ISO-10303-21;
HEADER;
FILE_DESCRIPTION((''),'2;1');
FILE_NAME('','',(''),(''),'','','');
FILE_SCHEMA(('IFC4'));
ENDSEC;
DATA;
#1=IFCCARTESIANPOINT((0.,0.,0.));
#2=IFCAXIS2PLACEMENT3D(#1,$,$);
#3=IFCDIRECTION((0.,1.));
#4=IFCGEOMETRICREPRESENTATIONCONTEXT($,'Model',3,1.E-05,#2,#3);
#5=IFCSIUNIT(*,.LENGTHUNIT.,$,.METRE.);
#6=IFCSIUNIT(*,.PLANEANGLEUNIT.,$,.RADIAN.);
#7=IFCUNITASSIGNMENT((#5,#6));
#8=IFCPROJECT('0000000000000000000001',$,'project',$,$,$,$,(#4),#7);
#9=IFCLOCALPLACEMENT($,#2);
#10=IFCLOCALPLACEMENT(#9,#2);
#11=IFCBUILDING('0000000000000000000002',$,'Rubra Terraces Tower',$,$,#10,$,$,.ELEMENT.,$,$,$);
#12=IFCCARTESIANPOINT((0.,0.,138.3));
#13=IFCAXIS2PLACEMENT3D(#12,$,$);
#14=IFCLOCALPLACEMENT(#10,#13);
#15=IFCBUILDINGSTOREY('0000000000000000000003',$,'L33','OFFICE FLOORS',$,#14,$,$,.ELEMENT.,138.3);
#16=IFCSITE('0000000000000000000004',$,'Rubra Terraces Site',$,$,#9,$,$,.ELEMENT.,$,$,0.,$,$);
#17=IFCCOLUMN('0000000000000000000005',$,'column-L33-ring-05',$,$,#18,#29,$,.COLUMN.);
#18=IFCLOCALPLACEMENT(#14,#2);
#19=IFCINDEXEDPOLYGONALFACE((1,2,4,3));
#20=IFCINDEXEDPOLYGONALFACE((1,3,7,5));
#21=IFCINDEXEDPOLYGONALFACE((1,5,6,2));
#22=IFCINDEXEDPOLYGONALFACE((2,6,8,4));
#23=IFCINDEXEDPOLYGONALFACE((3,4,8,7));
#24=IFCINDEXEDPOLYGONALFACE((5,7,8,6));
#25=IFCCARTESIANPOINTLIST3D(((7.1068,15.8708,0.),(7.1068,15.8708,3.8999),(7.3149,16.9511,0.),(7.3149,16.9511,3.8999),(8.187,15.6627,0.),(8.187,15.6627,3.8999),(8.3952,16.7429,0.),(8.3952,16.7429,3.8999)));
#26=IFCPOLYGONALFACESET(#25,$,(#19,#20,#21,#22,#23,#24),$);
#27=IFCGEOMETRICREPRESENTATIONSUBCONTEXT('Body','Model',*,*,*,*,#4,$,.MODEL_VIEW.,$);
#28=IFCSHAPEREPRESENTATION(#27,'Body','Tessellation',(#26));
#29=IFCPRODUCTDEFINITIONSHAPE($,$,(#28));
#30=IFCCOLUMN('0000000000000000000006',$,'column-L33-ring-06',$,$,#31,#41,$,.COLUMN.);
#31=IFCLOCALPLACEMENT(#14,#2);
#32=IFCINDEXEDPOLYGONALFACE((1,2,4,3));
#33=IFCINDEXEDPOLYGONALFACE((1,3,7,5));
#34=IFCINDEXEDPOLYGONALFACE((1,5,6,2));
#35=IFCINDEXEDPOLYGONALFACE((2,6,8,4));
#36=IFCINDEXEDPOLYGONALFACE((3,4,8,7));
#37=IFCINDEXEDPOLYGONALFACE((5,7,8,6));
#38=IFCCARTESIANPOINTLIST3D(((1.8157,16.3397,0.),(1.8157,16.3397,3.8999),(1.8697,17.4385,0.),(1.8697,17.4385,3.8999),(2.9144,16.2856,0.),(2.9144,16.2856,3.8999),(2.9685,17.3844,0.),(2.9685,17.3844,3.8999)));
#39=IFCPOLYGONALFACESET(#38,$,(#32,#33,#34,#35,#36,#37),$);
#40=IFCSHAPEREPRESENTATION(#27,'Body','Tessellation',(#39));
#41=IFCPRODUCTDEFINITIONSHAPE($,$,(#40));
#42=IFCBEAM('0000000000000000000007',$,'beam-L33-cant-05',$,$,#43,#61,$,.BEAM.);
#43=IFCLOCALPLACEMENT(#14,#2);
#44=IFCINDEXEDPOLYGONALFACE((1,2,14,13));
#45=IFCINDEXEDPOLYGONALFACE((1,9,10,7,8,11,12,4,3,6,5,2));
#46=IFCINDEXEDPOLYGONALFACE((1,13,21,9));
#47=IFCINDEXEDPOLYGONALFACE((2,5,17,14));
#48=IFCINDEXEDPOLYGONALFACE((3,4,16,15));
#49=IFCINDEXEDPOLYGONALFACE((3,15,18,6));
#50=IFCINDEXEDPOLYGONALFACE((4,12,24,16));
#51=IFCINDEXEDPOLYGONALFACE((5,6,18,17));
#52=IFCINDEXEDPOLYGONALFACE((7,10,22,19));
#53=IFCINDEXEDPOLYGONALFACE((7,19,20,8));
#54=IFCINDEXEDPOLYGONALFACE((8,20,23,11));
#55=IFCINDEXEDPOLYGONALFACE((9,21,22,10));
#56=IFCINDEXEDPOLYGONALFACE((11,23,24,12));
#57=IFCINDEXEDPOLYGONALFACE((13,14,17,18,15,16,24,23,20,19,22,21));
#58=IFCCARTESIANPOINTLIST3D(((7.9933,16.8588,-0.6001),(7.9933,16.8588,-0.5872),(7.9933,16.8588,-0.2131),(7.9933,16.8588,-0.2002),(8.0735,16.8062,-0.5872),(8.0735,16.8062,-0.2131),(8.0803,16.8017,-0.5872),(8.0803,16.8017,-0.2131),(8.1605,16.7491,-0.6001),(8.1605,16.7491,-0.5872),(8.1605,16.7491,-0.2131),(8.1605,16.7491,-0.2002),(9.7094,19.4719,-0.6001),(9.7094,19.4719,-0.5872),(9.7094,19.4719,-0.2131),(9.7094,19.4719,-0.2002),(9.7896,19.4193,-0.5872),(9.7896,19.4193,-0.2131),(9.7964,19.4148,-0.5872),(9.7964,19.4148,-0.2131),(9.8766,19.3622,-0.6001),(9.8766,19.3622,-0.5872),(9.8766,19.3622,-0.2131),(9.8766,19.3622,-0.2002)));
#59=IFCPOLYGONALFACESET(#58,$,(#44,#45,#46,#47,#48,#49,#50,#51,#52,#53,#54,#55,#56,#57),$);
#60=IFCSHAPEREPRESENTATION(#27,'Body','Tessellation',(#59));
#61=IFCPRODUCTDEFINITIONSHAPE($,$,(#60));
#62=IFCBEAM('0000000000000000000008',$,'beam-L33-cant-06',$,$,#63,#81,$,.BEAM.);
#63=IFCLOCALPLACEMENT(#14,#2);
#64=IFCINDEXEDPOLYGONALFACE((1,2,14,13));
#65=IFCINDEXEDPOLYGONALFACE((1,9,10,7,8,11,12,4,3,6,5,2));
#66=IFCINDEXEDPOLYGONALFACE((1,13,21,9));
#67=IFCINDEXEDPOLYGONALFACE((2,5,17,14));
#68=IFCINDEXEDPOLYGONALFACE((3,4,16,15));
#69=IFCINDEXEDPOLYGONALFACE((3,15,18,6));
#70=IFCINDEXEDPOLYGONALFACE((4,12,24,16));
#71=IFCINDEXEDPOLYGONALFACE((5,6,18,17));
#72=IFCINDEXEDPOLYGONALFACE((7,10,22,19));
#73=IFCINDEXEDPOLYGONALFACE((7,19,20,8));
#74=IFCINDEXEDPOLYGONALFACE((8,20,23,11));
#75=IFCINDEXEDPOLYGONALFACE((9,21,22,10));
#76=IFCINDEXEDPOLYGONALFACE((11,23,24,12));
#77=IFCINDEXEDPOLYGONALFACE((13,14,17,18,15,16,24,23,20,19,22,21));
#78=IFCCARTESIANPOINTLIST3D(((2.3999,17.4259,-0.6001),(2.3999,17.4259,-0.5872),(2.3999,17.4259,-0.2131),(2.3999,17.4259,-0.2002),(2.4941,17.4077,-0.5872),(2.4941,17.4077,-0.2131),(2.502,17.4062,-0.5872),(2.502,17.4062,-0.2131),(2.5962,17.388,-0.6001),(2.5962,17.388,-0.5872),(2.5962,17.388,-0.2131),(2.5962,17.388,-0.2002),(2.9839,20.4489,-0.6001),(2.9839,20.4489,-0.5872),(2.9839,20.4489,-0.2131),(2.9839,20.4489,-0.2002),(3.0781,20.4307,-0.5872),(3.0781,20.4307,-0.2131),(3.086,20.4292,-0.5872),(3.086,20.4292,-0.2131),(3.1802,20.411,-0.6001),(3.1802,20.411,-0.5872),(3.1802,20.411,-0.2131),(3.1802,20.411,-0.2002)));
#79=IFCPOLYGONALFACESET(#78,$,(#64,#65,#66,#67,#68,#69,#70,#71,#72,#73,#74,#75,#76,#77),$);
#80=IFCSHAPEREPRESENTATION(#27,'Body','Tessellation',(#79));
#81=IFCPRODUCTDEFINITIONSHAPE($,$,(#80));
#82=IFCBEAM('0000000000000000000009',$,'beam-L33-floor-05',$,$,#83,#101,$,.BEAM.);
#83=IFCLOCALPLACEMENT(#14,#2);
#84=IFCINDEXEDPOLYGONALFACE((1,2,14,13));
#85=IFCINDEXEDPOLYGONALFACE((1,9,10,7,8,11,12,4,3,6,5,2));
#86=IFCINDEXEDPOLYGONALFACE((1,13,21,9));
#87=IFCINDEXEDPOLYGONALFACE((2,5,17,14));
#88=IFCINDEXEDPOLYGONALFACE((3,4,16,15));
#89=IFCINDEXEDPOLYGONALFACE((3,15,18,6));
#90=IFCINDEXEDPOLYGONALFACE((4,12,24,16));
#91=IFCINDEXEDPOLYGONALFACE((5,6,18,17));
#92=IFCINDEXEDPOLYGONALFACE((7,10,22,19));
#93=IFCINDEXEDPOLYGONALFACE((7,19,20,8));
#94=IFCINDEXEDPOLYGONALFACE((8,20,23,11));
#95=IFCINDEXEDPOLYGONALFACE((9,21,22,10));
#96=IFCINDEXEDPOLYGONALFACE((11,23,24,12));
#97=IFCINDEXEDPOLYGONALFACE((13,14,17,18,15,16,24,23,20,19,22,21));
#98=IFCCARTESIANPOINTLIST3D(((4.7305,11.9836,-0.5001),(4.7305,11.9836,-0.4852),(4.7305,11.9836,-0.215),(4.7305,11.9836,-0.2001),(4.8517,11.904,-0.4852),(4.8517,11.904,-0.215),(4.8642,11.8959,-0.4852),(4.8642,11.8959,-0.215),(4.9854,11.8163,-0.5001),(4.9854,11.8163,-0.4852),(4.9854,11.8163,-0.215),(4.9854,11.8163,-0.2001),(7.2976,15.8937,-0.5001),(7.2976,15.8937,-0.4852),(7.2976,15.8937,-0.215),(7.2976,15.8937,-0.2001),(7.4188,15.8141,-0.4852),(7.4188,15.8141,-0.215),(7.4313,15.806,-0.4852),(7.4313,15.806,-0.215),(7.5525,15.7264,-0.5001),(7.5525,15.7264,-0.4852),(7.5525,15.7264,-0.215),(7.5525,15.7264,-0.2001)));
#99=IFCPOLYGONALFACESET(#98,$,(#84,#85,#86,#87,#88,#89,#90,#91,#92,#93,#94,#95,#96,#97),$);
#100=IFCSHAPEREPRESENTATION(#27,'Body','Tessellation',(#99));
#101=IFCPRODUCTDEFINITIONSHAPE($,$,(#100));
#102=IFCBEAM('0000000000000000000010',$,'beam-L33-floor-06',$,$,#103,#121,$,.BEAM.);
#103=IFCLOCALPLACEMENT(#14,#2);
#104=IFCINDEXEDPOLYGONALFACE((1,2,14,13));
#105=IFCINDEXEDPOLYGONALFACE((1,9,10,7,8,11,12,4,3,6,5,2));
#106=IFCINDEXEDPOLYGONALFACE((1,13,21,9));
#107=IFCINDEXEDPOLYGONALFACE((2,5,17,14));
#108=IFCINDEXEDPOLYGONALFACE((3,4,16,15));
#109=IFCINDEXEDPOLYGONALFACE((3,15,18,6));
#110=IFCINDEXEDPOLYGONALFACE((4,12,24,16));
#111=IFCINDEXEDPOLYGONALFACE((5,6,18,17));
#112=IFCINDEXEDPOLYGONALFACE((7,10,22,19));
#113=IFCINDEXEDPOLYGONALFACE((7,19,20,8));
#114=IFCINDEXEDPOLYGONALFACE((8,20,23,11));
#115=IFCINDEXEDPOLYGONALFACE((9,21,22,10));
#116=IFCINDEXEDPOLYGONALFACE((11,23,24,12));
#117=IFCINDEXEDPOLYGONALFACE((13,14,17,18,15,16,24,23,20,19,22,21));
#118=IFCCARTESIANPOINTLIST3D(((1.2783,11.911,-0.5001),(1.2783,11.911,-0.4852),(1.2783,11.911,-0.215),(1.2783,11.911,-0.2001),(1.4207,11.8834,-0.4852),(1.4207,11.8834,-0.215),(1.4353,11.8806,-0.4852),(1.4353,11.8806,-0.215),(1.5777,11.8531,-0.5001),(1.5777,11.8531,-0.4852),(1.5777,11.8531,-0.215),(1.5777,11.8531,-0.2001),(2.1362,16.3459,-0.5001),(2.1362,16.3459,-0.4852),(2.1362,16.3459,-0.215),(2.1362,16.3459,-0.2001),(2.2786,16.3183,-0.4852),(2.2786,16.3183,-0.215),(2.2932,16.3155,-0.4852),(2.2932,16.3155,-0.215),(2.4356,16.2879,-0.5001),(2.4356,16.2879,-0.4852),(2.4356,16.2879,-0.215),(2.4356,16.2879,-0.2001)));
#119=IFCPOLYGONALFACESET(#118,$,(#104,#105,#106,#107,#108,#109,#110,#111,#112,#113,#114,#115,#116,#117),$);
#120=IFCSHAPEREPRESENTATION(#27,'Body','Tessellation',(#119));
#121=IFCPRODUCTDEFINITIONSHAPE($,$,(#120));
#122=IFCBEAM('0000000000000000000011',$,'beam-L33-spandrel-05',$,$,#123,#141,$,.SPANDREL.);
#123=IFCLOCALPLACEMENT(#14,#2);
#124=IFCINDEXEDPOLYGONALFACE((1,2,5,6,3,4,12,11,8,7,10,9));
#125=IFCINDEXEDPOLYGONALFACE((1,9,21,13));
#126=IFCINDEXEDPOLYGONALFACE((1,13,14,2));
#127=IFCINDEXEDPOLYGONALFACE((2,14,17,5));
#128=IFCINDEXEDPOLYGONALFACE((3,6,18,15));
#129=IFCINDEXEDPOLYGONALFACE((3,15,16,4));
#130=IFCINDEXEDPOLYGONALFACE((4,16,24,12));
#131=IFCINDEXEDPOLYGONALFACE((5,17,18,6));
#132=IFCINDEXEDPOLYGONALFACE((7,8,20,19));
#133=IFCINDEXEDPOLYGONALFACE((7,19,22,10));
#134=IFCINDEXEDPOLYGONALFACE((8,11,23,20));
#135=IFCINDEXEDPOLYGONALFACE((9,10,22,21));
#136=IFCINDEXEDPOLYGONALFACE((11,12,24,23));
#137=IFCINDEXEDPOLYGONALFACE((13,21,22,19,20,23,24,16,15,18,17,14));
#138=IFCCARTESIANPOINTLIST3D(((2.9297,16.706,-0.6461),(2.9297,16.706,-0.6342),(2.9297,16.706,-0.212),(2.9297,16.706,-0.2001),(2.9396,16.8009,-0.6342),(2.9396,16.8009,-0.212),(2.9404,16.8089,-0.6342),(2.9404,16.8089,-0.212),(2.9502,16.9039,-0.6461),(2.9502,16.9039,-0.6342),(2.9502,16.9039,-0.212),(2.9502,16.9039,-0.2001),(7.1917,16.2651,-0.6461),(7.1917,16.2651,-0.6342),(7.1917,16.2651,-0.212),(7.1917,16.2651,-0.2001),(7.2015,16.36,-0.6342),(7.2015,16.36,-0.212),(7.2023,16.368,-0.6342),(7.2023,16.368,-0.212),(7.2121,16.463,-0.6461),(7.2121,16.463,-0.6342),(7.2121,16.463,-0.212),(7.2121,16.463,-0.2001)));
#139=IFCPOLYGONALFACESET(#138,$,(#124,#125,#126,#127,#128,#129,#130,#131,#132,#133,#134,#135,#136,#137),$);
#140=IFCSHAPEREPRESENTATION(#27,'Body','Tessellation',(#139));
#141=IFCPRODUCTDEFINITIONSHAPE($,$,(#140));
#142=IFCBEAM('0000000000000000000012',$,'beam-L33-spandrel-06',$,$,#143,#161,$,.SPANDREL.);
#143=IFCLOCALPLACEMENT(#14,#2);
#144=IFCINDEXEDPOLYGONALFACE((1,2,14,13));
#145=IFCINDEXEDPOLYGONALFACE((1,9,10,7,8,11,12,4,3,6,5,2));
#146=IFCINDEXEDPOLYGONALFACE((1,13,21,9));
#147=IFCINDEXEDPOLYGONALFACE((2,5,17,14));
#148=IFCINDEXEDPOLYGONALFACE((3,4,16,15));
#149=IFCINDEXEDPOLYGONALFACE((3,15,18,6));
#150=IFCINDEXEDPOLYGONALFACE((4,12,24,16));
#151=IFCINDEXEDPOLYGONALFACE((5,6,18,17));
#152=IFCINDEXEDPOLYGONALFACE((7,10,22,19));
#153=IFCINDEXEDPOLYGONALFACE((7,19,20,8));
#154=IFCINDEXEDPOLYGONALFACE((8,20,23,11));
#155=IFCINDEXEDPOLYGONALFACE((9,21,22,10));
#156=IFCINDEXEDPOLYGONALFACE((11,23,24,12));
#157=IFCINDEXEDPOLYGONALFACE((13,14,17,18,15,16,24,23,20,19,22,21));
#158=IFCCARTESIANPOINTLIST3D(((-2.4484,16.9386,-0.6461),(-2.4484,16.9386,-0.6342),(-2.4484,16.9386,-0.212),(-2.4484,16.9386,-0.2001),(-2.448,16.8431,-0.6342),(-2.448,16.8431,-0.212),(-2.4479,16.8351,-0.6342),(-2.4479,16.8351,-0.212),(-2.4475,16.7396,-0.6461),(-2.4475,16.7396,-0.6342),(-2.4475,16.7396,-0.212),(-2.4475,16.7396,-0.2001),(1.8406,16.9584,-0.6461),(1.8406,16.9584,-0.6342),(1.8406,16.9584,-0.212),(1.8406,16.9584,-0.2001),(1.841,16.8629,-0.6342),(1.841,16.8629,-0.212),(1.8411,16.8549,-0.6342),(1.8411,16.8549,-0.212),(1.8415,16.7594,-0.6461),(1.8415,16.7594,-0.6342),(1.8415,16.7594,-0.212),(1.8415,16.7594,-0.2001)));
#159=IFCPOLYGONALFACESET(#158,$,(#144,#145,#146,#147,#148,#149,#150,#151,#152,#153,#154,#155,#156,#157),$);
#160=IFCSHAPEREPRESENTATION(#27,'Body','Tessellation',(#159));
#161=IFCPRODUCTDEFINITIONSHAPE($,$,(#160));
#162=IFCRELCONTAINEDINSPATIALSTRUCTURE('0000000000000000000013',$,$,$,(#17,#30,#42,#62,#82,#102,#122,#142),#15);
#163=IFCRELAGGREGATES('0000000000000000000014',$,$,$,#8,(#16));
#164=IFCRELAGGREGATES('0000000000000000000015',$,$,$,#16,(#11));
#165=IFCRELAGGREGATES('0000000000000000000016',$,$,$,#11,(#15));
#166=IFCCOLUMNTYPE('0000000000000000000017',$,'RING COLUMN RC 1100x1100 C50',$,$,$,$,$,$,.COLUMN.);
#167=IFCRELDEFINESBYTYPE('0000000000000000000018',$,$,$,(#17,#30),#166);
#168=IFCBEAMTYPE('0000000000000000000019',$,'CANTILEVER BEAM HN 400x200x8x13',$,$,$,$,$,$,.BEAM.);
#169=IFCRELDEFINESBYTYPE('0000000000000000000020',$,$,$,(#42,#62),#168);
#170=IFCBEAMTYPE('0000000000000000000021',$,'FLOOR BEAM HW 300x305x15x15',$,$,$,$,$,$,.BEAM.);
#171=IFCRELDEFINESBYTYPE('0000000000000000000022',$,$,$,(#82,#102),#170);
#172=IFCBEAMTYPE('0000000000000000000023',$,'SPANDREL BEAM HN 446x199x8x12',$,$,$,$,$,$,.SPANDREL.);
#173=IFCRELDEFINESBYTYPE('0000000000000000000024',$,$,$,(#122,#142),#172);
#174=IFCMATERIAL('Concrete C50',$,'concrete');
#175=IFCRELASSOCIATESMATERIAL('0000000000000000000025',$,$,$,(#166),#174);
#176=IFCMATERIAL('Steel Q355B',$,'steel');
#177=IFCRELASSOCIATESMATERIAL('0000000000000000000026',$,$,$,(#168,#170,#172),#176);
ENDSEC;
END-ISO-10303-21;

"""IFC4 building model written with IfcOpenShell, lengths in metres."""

from ifc_helpers import new_model, si_unit, direction, frame, origin, origin_2d, place, context, subcontext, project, spatial, rectangle, i_section, extrude, material, material_profile, profile_set, type_object, element, save


model = new_model("IFC4")

# Units and contexts
model_context = context("Model", 3, precision=1e-05, world=origin(), true_north=direction((0.0, 1.0)))
body_context = subcontext(model_context, "Body", "Model", "MODEL_VIEW")
ifc_project = project(units=[si_unit("LENGTHUNIT", "METRE"), si_unit("PLANEANGLEUNIT", "RADIAN")], contexts=[model_context])

# Site, building, storey
site_placement = place(None, origin())
site = spatial("IfcSite", under=ifc_project, at=site_placement, Name="Rubra Terraces Site", CompositionType="ELEMENT", RefElevation=0.0)
building_placement = place(site_placement, origin())
building = spatial("IfcBuilding", under=site, at=building_placement, Name="Rubra Terraces Tower", CompositionType="ELEMENT")
storey_placement = place(building_placement, frame((0.0, 0.0, 138.3)))
storey = spatial("IfcBuildingStorey", under=building, at=storey_placement, Name="L33", Description="OFFICE FLOORS", CompositionType="ELEMENT", Elevation=138.3)

# Columns
ifc_material_1 = material(Name="Concrete C50", Category="concrete")
ifc_material_profile_1 = material_profile(ifc_material_1, rectangle(XDim=1.1001, YDim=1.1001, at=origin_2d()), Name="RC 1100x1100")
ifc_profile_set_1 = profile_set([ifc_material_profile_1], Name="Concrete C50")
column_type = type_object("IfcColumnType", Name="RING COLUMN RC 1100x1100 C50", PredefinedType="COLUMN", material=ifc_profile_set_1)
for number, where, z_axis, x_axis, name in (
    (1, (7.751, 16.3069, 0.0), (0.0, 0.0, 1.0), (-0.981937, 0.18921, 0.0), "column-L33-ring-05"),
    (2, (2.3921, 16.8621, 0.0), (0.0, 0.0, 1.0), (-0.998791, 0.04915, 0.0), "column-L33-ring-06"),
):
    element("IfcColumn", number, at=place(storey_placement, frame(where, z_axis=z_axis, x_axis=x_axis)), inside=storey, type_object=column_type, Name=name, PredefinedType="COLUMN", context=body_context, shape_type="SweptSolid", body=[
        extrude(rectangle(XDim=1.1001, YDim=1.1001, at=origin_2d()), origin(), (0.0, 0.0, 1.0), 3.8999),
    ])

# Beams
ifc_material_2 = material(Name="Steel Q355B", Category="steel")
ifc_material_profile_2 = material_profile(ifc_material_2, i_section(OverallWidth=0.2, OverallDepth=0.3999, WebThickness=0.0081, FlangeThickness=0.0129, at=origin_2d()), Name="HN 400x200x8x13")
ifc_profile_set_2 = profile_set([ifc_material_profile_2], Name="Steel Q355B")
beam_type_1 = type_object("IfcBeamType", Name="CANTILEVER BEAM HN 400x200x8x13", PredefinedType="BEAM", material=ifc_profile_set_2)
beam_1_placement = place(storey_placement, frame((8.0769, 16.804, -0.4001), z_axis=(0.548938, 0.835863, 0.0), x_axis=(-0.835863, 0.548938, 0.0)))
element("IfcBeam", 3, at=beam_1_placement, inside=storey, type_object=beam_type_1, Name="beam-L33-cant-05", PredefinedType="BEAM", context=body_context, shape_type="SweptSolid", body=[
    extrude(i_section(OverallWidth=0.2, OverallDepth=0.3999, WebThickness=0.0081, FlangeThickness=0.0129, at=origin_2d()), origin(), (0.0, 0.0, 1.0), 3.1262),
])
beam_2_placement = place(storey_placement, frame((2.498, 17.407, -0.4001), z_axis=(0.189677, 0.981847, 0.0), x_axis=(-0.981847, 0.189677, 0.0)))
element("IfcBeam", 4, at=beam_2_placement, inside=storey, type_object=beam_type_1, Name="beam-L33-cant-06", PredefinedType="BEAM", context=body_context, shape_type="SweptSolid", body=[
    extrude(i_section(OverallWidth=0.2, OverallDepth=0.3999, WebThickness=0.0081, FlangeThickness=0.0129, at=origin_2d()), origin(), (0.0, 0.0, 1.0), 3.0789),
])
ifc_material_profile_3 = material_profile(ifc_material_2, i_section(OverallWidth=0.3049, OverallDepth=0.3, WebThickness=0.0149, FlangeThickness=0.0149, at=origin_2d()), Name="HW 300x305x15x15")
ifc_profile_set_3 = profile_set([ifc_material_profile_3], Name="Steel Q355B")
beam_type_2 = type_object("IfcBeamType", Name="FLOOR BEAM HW 300x305x15x15", PredefinedType="BEAM", material=ifc_profile_set_3)
beam_3_placement = place(storey_placement, frame((7.425, 15.8101, -0.3501), z_axis=(-0.548821, -0.83594, 0.0), x_axis=(0.83594, -0.548821, 0.0)))
element("IfcBeam", 5, at=beam_3_placement, inside=storey, type_object=beam_type_2, Name="beam-L33-floor-05", PredefinedType="BEAM", context=body_context, shape_type="SweptSolid", body=[
    extrude(i_section(OverallWidth=0.3049, OverallDepth=0.3, WebThickness=0.0149, FlangeThickness=0.0149, at=origin_2d()), origin(), (0.0, 0.0, 1.0), 4.6775),
])
beam_4_placement = place(storey_placement, frame((2.2859, 16.3169, -0.3501), z_axis=(-0.189928, -0.981798, 0.0), x_axis=(0.981798, -0.189928, 0.0)))
element("IfcBeam", 6, at=beam_4_placement, inside=storey, type_object=beam_type_2, Name="beam-L33-floor-06", PredefinedType="BEAM", context=body_context, shape_type="SweptSolid", body=[
    extrude(i_section(OverallWidth=0.3049, OverallDepth=0.3, WebThickness=0.0149, FlangeThickness=0.0149, at=origin_2d()), origin(), (0.0, 0.0, 1.0), 4.5171),
])
ifc_material_profile_4 = material_profile(ifc_material_2, i_section(OverallWidth=0.199, OverallDepth=0.446, WebThickness=0.0081, FlangeThickness=0.012, at=origin_2d()), Name="HN 446x199x8x12")
ifc_profile_set_4 = profile_set([ifc_material_profile_4], Name="Steel Q355B")
beam_type_3 = type_object("IfcBeamType", Name="SPANDREL BEAM HN 446x199x8x12", PredefinedType="SPANDREL", material=ifc_profile_set_4)
beam_5_placement = place(storey_placement, frame((7.2019, 16.364, -0.4231), z_axis=(-0.994691, 0.102905, 0.0), x_axis=(-0.102905, -0.994691, 0.0)))
element("IfcBeam", 7, at=beam_5_placement, inside=storey, type_object=beam_type_3, Name="beam-L33-spandrel-05", PredefinedType="SPANDREL", context=body_context, shape_type="SweptSolid", body=[
    extrude(i_section(OverallWidth=0.199, OverallDepth=0.446, WebThickness=0.0081, FlangeThickness=0.012, at=origin_2d()), origin(), (0.0, 0.0, 1.0), 4.2847),
])
beam_6_placement = place(storey_placement, frame((1.8411, 16.8589, -0.4231), z_axis=(-0.999989, -0.004611, 0.0), x_axis=(0.004611, -0.999989, 0.0)))
element("IfcBeam", 8, at=beam_6_placement, inside=storey, type_object=beam_type_3, Name="beam-L33-spandrel-06", PredefinedType="SPANDREL", context=body_context, shape_type="SweptSolid", body=[
    extrude(i_section(OverallWidth=0.199, OverallDepth=0.446, WebThickness=0.0081, FlangeThickness=0.012, at=origin_2d()), origin(), (0.0, 0.0, 1.0), 4.2891),
])

save(model, "model.ifc")
